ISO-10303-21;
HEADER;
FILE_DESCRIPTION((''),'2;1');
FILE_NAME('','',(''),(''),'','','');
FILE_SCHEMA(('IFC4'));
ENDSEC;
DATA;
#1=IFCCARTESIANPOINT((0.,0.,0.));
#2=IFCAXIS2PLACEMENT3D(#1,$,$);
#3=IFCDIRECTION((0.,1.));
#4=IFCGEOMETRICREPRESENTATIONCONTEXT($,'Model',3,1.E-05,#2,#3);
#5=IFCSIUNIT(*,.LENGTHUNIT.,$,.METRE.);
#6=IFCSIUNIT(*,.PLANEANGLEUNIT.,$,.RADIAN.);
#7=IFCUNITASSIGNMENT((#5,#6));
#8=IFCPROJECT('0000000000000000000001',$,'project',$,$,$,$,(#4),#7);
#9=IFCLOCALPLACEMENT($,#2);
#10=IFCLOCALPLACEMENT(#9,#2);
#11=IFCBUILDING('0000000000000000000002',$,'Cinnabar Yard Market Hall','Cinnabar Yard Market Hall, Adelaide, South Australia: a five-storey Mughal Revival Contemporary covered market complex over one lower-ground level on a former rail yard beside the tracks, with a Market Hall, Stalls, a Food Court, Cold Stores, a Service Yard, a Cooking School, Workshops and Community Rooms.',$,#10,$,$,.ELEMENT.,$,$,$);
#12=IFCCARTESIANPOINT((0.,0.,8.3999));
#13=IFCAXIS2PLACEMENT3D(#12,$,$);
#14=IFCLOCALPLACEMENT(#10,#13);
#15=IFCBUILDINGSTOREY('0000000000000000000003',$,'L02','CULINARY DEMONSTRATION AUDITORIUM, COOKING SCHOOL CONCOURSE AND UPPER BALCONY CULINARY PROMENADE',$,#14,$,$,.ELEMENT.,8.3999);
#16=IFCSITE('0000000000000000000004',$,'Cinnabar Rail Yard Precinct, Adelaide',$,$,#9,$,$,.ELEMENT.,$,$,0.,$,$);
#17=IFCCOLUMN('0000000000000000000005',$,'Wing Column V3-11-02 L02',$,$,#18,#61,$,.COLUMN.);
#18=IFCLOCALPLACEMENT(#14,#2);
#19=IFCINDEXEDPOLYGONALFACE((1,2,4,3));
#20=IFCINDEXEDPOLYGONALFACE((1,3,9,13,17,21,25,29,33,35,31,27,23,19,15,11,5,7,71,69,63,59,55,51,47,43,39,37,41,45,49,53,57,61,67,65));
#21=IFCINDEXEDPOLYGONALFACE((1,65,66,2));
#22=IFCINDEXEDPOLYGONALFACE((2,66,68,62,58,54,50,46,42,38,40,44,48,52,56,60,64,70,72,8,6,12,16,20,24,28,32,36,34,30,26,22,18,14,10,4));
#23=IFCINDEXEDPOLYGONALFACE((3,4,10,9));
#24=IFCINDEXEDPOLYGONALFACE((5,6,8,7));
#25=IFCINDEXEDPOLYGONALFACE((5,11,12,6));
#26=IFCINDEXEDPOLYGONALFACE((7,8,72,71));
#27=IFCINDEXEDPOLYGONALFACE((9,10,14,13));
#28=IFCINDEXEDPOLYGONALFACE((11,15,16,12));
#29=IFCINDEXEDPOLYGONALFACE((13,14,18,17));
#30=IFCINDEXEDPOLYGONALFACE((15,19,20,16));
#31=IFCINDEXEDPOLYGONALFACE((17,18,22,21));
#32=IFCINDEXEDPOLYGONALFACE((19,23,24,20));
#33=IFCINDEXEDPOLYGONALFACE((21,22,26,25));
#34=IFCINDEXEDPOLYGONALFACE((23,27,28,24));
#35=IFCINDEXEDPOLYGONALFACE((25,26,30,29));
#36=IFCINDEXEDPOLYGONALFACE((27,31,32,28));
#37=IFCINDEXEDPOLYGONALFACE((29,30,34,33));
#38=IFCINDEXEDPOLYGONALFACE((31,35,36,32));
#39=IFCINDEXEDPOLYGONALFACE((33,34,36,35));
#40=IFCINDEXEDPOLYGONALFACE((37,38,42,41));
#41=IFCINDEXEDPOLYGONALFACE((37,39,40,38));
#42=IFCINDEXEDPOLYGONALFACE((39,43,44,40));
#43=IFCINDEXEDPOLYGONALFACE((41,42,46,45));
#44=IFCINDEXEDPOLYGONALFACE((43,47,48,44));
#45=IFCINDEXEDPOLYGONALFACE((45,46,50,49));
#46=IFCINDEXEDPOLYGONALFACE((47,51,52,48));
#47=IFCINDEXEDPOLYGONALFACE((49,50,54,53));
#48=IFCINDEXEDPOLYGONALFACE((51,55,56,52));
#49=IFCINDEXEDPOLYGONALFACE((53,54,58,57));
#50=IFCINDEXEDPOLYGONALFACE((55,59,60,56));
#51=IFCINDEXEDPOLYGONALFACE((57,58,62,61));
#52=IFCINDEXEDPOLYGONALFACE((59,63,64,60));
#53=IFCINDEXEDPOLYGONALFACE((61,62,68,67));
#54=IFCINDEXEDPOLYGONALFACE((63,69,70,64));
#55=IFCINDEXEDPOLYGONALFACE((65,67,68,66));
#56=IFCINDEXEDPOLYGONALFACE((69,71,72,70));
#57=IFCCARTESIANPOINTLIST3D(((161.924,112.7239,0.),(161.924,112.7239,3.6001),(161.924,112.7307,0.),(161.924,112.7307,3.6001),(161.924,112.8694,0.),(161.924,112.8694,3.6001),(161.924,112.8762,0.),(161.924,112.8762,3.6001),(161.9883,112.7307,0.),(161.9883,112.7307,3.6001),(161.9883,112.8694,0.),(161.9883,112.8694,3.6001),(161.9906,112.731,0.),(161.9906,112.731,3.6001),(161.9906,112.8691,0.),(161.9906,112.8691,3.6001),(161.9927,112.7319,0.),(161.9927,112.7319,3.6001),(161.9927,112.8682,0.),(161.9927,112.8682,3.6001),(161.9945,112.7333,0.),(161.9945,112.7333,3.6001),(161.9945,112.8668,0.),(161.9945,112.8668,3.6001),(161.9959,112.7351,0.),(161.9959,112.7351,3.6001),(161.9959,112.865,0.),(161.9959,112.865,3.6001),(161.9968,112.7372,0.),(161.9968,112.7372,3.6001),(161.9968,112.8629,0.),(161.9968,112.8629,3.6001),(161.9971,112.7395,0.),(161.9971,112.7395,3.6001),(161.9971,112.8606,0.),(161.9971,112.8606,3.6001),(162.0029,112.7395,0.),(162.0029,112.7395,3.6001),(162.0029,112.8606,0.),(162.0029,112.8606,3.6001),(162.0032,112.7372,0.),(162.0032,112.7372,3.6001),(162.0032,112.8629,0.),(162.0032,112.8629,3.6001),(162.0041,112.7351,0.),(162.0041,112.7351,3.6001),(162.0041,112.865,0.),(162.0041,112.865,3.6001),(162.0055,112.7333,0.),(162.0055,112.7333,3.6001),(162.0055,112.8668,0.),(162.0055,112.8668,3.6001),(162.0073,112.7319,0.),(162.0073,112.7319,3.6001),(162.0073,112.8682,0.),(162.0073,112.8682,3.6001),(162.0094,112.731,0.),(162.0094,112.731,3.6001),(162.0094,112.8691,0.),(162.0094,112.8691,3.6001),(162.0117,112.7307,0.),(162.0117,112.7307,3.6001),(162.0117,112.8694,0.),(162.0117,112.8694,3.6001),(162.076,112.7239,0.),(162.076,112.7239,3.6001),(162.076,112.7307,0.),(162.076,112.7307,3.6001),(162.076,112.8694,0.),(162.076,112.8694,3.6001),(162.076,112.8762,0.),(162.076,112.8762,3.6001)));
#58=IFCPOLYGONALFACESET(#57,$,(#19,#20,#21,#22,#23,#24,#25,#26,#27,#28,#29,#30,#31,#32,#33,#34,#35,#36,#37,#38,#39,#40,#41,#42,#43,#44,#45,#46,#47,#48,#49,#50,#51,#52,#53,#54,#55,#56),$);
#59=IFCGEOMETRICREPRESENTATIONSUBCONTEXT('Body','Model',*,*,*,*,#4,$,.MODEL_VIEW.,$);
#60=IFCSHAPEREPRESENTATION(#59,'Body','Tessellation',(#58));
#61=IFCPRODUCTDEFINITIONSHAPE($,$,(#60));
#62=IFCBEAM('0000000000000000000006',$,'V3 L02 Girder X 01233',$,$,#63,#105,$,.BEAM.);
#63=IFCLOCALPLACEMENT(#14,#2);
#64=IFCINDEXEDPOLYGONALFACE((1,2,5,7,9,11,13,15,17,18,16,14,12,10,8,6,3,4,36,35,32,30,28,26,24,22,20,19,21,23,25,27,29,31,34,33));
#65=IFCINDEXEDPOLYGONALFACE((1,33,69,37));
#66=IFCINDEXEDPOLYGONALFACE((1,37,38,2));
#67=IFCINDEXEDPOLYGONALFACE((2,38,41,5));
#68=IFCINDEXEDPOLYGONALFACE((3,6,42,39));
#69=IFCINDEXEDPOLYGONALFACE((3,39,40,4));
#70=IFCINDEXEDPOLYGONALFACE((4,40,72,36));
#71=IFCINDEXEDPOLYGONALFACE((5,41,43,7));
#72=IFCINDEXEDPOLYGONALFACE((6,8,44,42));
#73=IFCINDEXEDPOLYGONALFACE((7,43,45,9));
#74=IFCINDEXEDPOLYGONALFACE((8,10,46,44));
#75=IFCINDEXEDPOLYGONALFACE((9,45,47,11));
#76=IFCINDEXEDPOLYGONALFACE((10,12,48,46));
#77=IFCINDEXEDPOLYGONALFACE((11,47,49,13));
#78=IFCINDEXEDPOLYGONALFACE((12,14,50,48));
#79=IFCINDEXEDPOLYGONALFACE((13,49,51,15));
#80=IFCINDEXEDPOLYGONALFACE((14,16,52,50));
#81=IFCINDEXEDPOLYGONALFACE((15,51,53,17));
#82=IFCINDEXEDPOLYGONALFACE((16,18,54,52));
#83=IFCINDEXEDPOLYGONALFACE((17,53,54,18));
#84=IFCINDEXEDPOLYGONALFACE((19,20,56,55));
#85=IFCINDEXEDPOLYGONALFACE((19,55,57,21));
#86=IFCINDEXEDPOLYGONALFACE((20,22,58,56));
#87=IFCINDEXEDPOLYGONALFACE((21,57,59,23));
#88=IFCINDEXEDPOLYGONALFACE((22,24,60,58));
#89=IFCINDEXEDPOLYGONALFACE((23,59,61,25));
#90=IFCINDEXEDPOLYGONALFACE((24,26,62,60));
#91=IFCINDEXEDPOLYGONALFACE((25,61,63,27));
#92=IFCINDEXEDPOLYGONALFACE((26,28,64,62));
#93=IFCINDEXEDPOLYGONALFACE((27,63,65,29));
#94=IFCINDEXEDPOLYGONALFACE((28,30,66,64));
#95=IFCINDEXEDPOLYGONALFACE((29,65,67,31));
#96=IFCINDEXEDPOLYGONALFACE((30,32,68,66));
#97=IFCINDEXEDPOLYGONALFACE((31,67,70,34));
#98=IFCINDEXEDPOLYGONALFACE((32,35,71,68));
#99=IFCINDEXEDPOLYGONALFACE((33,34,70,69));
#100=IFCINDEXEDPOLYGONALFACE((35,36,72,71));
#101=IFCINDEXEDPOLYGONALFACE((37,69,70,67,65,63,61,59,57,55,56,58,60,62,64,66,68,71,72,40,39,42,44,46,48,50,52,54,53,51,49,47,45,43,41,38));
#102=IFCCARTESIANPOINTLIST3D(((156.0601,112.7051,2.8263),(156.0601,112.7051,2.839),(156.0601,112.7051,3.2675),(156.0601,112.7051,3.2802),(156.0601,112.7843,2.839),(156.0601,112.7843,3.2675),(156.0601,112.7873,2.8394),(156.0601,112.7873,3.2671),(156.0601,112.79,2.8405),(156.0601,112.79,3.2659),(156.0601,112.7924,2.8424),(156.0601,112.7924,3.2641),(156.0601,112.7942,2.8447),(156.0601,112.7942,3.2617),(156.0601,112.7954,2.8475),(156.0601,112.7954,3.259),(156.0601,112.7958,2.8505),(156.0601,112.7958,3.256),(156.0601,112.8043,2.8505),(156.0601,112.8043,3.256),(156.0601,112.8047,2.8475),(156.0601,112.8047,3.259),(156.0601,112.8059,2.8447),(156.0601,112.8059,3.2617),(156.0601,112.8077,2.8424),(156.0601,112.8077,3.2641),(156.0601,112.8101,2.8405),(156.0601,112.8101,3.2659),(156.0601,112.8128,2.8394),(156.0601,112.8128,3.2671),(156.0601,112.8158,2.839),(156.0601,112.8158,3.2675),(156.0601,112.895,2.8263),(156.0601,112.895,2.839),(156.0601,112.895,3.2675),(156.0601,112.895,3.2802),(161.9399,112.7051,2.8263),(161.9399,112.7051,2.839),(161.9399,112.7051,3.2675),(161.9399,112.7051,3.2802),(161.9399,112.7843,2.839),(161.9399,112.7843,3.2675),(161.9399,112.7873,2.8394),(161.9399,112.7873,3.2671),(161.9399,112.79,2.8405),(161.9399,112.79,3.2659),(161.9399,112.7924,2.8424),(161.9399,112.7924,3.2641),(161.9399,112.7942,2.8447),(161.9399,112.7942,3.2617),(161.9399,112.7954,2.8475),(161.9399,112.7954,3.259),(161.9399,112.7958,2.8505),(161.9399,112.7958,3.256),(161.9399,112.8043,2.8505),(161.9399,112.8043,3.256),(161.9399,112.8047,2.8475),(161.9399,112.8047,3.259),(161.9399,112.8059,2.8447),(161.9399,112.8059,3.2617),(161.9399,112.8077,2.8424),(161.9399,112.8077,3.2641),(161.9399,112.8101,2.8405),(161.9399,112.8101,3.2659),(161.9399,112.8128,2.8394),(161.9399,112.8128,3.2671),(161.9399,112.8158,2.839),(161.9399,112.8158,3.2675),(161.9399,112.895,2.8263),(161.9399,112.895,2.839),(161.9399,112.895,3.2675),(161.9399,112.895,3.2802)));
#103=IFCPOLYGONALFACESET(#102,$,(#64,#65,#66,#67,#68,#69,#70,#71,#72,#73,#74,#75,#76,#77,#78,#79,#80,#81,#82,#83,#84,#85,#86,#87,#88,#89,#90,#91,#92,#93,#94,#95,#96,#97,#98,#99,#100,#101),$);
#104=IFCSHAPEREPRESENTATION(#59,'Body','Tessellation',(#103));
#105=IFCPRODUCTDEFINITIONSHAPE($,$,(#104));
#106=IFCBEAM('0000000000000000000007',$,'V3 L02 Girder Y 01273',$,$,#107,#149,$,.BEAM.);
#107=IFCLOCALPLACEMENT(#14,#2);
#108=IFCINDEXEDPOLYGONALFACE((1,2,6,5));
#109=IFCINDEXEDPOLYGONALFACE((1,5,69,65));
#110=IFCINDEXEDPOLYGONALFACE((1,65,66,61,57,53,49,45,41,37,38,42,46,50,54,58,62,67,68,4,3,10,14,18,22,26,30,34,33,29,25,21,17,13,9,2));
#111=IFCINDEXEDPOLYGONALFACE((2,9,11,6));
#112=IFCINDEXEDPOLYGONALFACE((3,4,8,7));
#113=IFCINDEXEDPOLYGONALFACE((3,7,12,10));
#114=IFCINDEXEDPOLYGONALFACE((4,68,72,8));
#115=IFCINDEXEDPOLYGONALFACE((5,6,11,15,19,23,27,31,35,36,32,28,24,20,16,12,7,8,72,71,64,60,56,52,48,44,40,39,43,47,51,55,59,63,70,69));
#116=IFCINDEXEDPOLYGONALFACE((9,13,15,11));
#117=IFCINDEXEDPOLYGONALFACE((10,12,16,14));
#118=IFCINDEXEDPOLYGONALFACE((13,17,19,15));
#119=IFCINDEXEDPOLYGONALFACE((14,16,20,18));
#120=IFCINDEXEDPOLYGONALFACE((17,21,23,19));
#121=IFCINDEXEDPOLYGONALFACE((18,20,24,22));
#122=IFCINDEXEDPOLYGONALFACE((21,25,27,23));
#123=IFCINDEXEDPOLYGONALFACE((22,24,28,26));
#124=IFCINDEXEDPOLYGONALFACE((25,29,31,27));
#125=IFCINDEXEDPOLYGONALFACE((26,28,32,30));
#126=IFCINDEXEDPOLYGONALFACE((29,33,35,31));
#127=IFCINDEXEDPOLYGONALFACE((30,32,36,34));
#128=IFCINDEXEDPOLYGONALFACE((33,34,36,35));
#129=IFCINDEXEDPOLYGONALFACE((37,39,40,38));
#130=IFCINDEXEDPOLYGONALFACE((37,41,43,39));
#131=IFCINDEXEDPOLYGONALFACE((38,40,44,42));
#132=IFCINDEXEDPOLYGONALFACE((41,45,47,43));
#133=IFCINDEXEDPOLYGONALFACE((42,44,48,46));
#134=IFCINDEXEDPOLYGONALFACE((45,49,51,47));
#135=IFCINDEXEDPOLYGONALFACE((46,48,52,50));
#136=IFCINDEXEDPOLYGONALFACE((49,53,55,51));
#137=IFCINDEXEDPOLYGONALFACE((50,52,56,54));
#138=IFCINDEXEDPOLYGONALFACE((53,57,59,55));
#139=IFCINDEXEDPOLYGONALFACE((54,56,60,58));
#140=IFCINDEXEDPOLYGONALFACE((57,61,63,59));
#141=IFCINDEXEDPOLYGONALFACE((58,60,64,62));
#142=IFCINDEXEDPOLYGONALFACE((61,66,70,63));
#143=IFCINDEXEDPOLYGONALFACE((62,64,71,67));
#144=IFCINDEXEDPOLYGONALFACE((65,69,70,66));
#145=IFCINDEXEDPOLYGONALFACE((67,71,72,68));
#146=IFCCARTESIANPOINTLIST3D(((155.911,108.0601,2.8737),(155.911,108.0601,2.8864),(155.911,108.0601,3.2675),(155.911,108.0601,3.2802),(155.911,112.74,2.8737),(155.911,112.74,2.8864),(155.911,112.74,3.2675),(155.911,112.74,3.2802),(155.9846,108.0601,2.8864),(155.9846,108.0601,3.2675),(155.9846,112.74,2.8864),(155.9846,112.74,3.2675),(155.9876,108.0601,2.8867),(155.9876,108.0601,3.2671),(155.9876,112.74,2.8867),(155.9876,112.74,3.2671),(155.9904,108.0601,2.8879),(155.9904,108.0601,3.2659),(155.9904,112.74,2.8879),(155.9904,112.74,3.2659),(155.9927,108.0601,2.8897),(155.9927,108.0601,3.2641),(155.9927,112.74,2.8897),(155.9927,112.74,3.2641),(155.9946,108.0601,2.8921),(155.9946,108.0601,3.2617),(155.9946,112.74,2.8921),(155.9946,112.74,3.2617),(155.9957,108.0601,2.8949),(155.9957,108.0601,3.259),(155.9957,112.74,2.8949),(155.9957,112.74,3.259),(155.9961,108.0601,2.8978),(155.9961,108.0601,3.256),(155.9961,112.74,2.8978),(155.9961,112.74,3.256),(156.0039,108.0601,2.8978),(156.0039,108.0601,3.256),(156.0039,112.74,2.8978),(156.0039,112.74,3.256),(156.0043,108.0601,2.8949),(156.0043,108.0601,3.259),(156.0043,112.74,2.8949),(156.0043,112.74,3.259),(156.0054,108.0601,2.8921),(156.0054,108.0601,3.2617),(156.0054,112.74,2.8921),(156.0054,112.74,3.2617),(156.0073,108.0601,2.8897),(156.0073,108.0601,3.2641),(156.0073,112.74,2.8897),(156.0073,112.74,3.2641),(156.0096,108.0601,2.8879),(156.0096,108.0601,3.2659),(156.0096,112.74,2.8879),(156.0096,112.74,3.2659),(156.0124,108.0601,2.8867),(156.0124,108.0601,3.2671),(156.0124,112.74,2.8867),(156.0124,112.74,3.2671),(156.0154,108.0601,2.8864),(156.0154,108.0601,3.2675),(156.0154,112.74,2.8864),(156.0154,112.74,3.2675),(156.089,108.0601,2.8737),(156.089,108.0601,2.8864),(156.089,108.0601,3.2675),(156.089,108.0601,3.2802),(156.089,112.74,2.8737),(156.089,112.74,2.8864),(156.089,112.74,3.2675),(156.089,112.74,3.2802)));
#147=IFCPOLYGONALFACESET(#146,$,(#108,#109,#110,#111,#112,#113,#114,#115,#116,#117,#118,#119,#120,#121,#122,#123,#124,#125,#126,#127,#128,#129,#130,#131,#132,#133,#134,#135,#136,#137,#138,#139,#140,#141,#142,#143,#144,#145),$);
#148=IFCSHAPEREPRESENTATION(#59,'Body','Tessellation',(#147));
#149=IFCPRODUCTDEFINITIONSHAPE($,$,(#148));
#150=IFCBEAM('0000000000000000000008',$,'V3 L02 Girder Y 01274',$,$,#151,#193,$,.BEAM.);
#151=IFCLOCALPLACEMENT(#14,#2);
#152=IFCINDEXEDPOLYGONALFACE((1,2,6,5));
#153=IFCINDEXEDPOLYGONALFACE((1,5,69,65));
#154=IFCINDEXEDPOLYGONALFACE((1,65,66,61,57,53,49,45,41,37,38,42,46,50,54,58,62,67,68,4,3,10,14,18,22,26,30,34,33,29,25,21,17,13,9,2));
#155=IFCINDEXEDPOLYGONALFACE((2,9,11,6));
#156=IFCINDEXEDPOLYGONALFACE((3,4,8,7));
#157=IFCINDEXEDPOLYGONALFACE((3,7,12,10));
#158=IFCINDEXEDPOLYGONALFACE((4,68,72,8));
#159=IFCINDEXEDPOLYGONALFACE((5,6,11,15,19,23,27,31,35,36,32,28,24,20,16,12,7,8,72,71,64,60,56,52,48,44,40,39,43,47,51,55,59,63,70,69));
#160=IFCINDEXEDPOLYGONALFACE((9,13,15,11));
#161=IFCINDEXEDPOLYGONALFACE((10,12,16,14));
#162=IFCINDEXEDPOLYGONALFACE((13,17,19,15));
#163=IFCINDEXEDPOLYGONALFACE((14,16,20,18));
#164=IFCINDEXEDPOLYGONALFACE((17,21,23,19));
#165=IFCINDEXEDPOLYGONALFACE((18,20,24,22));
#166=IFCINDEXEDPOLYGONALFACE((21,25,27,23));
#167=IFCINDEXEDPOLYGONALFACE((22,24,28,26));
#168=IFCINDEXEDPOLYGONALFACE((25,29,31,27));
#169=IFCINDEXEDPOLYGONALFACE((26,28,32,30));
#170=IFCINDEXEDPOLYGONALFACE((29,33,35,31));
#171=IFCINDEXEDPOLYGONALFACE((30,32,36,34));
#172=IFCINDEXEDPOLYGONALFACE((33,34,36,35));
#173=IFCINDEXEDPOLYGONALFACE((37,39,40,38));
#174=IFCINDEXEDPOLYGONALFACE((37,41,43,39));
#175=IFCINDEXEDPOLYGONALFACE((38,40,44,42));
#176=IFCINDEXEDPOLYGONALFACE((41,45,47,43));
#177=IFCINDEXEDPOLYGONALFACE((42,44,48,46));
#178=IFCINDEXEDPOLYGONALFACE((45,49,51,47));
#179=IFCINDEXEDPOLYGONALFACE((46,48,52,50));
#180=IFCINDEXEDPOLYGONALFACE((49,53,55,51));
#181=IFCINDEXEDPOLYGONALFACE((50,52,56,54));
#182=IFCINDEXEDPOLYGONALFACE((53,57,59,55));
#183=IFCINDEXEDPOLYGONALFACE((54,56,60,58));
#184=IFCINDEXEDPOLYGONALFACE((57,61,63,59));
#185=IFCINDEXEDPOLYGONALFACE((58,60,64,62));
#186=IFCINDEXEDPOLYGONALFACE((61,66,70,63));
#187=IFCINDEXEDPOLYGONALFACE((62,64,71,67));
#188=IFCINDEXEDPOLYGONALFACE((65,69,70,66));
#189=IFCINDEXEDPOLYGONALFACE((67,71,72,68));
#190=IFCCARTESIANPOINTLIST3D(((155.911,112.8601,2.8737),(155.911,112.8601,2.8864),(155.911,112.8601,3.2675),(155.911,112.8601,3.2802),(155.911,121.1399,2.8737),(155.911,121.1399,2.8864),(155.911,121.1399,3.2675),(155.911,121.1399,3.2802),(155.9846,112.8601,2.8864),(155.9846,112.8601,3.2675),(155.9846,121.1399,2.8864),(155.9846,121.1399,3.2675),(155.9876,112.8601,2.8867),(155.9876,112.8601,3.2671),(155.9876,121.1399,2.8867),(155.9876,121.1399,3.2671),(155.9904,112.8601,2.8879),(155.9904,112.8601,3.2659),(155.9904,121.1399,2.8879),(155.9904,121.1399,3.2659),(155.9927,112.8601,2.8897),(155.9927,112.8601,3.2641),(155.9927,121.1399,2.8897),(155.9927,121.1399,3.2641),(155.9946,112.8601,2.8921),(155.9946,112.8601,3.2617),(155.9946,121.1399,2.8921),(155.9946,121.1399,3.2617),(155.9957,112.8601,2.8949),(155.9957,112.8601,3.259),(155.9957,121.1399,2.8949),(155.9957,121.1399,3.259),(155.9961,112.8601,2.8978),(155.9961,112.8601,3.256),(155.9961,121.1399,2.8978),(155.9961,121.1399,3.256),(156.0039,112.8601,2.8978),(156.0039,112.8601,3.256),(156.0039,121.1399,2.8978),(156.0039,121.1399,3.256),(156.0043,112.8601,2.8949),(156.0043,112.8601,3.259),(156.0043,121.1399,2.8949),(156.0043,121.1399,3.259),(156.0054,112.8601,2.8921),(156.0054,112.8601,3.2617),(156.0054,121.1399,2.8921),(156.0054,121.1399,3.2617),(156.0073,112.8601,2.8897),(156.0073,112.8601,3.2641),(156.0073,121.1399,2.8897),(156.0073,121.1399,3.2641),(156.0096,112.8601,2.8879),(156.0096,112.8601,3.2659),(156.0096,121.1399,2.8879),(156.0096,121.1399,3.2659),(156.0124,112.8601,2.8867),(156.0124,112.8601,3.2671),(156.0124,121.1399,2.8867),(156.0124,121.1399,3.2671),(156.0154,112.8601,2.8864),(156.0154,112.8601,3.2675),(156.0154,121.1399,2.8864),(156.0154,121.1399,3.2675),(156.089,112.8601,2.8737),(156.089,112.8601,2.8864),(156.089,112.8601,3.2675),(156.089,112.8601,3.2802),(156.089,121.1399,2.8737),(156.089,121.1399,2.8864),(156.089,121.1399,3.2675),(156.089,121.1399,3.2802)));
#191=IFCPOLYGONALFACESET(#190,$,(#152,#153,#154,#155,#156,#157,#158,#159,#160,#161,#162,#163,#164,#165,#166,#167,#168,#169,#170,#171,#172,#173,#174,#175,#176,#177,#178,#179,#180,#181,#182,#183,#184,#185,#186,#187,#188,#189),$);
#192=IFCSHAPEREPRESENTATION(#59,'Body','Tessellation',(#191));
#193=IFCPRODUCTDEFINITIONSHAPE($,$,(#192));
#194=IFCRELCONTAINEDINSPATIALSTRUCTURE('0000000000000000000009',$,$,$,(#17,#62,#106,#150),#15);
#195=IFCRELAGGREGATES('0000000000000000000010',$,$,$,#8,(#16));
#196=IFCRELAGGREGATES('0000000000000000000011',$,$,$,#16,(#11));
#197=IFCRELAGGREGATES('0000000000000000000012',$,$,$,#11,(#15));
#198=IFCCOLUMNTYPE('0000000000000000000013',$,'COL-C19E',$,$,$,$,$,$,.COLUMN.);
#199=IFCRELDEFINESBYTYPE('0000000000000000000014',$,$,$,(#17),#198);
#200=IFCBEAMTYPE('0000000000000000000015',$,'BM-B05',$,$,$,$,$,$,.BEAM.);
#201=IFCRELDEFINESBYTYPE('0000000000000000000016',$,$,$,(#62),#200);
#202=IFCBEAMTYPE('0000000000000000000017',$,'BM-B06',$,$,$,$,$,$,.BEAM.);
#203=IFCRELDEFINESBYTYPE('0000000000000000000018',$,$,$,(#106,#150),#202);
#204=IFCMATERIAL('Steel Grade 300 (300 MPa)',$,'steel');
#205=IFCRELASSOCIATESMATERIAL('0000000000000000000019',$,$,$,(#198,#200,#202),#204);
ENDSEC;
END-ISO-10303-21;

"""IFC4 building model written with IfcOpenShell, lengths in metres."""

from ifc_helpers import new_model, si_unit, direction, frame, origin, origin_2d_with_axis, place, context, subcontext, project, spatial, i_section, extrude, material, material_profile, profile_set, type_object, element, save


model = new_model("IFC4")

# Units and contexts
model_context = context("Model", 3, precision=1e-05, world=origin(), true_north=direction((0.0, 1.0)))
body_context = subcontext(model_context, "Body", "Model", "MODEL_VIEW")
ifc_project = project(units=[si_unit("LENGTHUNIT", "METRE"), si_unit("PLANEANGLEUNIT", "RADIAN")], contexts=[model_context])

# Site, building, storey
site_placement = place(None, origin())
site = spatial("IfcSite", under=ifc_project, at=site_placement, Name="Cinnabar Rail Yard Precinct, Adelaide", CompositionType="ELEMENT", RefElevation=0.0)
building_placement = place(site_placement, origin())
building = spatial("IfcBuilding", under=site, at=building_placement, Name="Cinnabar Yard Market Hall", Description="Cinnabar Yard Market Hall, Adelaide, South Australia: a five-storey Mughal Revival Contemporary covered market complex over one lower-ground level on a former rail yard beside the tracks, with a Market Hall, Stalls, a Food Court, Cold Stores, a Service Yard, a Cooking School, Workshops and Community Rooms.", CompositionType="ELEMENT")
storey_placement = place(building_placement, frame((0.0, 0.0, 8.3999)))
storey = spatial("IfcBuildingStorey", under=building, at=storey_placement, Name="L02", Description="CULINARY DEMONSTRATION AUDITORIUM, COOKING SCHOOL CONCOURSE AND UPPER BALCONY CULINARY PROMENADE", CompositionType="ELEMENT", Elevation=8.3999)

# Column
ifc_material_1 = material(Name="Steel Grade 300 (300 MPa)", Category="steel")
ifc_material_profile_1 = material_profile(ifc_material_1, i_section(OverallWidth=0.1521, OverallDepth=0.1523, WebThickness=0.0059, FlangeThickness=0.0068, FilletRadius=0.0088, at=origin_2d_with_axis()), Name="150UC23.4")
ifc_profile_set_1 = profile_set([ifc_material_profile_1], Name="Steel Grade 300 (300 MPa)")
column_type_1 = type_object("IfcColumnType", Name="COL-C19E", PredefinedType="COLUMN", material=ifc_profile_set_1)
column_1_placement = place(storey_placement, frame((162.0, 112.8, 0.0), z_axis=(0.0, 0.0, 1.0), x_axis=(1.0, 0.0, 0.0)))
element("IfcColumn", 1, at=column_1_placement, inside=storey, type_object=column_type_1, Name="Wing Column V3-11-02 L02", PredefinedType="COLUMN", context=body_context, shape_type="SweptSolid", body=[
    extrude(i_section(OverallWidth=0.1521, OverallDepth=0.1523, WebThickness=0.0059, FlangeThickness=0.0068, FilletRadius=0.0088, at=origin_2d_with_axis()), origin(), (0.0, 0.0, 1.0), 3.6001),
])

# Beams
ifc_material_profile_2 = material_profile(ifc_material_1, i_section(OverallWidth=0.1899, OverallDepth=0.4539, WebThickness=0.0085, FlangeThickness=0.0127, FilletRadius=0.0115, at=origin_2d_with_axis()), Name="460UB67.1")
ifc_profile_set_2 = profile_set([ifc_material_profile_2], Name="Steel Grade 300 (300 MPa)")
beam_type_1 = type_object("IfcBeamType", Name="BM-B05", PredefinedType="BEAM", material=ifc_profile_set_2)
beam_1_placement = place(storey_placement, frame((156.0601, 112.8, 3.0532), z_axis=(1.0, 0.0, 0.0), x_axis=(0.0, 1.0, 0.0)))
element("IfcBeam", 2, at=beam_1_placement, inside=storey, type_object=beam_type_1, Name="V3 L02 Girder X 01233", PredefinedType="BEAM", context=body_context, shape_type="SweptSolid", body=[
    extrude(i_section(OverallWidth=0.1899, OverallDepth=0.4539, WebThickness=0.0085, FlangeThickness=0.0127, FilletRadius=0.0115, at=origin_2d_with_axis()), origin(), (0.0, 0.0, 1.0), 5.8799),
])
ifc_material_profile_3 = material_profile(ifc_material_1, i_section(OverallWidth=0.178, OverallDepth=0.4065, WebThickness=0.0078, FlangeThickness=0.0127, FilletRadius=0.0115, at=origin_2d_with_axis()), Name="410UB59.7")
ifc_profile_set_3 = profile_set([ifc_material_profile_3], Name="Steel Grade 300 (300 MPa)")
beam_type_2 = type_object("IfcBeamType", Name="BM-B06", PredefinedType="BEAM", material=ifc_profile_set_3)
beam_2_placement = place(storey_placement, frame((156.0, 108.0601, 3.0769), z_axis=(0.0, 1.0, 0.0), x_axis=(-1.0, 0.0, 0.0)))
element("IfcBeam", 3, at=beam_2_placement, inside=storey, type_object=beam_type_2, Name="V3 L02 Girder Y 01273", PredefinedType="BEAM", context=body_context, shape_type="SweptSolid", body=[
    extrude(i_section(OverallWidth=0.178, OverallDepth=0.4065, WebThickness=0.0078, FlangeThickness=0.0127, FilletRadius=0.0115, at=origin_2d_with_axis()), origin(), (0.0, 0.0, 1.0), 4.6799),
])
beam_3_placement = place(storey_placement, frame((156.0, 112.8601, 3.0769), z_axis=(0.0, 1.0, 0.0), x_axis=(-1.0, 0.0, 0.0)))
element("IfcBeam", 4, at=beam_3_placement, inside=storey, type_object=beam_type_2, Name="V3 L02 Girder Y 01274", PredefinedType="BEAM", context=body_context, shape_type="SweptSolid", body=[
    extrude(i_section(OverallWidth=0.178, OverallDepth=0.4065, WebThickness=0.0078, FlangeThickness=0.0127, FilletRadius=0.0115, at=origin_2d_with_axis()), origin(), (0.0, 0.0, 1.0), 8.2798),
])

save(model, "model.ifc")
